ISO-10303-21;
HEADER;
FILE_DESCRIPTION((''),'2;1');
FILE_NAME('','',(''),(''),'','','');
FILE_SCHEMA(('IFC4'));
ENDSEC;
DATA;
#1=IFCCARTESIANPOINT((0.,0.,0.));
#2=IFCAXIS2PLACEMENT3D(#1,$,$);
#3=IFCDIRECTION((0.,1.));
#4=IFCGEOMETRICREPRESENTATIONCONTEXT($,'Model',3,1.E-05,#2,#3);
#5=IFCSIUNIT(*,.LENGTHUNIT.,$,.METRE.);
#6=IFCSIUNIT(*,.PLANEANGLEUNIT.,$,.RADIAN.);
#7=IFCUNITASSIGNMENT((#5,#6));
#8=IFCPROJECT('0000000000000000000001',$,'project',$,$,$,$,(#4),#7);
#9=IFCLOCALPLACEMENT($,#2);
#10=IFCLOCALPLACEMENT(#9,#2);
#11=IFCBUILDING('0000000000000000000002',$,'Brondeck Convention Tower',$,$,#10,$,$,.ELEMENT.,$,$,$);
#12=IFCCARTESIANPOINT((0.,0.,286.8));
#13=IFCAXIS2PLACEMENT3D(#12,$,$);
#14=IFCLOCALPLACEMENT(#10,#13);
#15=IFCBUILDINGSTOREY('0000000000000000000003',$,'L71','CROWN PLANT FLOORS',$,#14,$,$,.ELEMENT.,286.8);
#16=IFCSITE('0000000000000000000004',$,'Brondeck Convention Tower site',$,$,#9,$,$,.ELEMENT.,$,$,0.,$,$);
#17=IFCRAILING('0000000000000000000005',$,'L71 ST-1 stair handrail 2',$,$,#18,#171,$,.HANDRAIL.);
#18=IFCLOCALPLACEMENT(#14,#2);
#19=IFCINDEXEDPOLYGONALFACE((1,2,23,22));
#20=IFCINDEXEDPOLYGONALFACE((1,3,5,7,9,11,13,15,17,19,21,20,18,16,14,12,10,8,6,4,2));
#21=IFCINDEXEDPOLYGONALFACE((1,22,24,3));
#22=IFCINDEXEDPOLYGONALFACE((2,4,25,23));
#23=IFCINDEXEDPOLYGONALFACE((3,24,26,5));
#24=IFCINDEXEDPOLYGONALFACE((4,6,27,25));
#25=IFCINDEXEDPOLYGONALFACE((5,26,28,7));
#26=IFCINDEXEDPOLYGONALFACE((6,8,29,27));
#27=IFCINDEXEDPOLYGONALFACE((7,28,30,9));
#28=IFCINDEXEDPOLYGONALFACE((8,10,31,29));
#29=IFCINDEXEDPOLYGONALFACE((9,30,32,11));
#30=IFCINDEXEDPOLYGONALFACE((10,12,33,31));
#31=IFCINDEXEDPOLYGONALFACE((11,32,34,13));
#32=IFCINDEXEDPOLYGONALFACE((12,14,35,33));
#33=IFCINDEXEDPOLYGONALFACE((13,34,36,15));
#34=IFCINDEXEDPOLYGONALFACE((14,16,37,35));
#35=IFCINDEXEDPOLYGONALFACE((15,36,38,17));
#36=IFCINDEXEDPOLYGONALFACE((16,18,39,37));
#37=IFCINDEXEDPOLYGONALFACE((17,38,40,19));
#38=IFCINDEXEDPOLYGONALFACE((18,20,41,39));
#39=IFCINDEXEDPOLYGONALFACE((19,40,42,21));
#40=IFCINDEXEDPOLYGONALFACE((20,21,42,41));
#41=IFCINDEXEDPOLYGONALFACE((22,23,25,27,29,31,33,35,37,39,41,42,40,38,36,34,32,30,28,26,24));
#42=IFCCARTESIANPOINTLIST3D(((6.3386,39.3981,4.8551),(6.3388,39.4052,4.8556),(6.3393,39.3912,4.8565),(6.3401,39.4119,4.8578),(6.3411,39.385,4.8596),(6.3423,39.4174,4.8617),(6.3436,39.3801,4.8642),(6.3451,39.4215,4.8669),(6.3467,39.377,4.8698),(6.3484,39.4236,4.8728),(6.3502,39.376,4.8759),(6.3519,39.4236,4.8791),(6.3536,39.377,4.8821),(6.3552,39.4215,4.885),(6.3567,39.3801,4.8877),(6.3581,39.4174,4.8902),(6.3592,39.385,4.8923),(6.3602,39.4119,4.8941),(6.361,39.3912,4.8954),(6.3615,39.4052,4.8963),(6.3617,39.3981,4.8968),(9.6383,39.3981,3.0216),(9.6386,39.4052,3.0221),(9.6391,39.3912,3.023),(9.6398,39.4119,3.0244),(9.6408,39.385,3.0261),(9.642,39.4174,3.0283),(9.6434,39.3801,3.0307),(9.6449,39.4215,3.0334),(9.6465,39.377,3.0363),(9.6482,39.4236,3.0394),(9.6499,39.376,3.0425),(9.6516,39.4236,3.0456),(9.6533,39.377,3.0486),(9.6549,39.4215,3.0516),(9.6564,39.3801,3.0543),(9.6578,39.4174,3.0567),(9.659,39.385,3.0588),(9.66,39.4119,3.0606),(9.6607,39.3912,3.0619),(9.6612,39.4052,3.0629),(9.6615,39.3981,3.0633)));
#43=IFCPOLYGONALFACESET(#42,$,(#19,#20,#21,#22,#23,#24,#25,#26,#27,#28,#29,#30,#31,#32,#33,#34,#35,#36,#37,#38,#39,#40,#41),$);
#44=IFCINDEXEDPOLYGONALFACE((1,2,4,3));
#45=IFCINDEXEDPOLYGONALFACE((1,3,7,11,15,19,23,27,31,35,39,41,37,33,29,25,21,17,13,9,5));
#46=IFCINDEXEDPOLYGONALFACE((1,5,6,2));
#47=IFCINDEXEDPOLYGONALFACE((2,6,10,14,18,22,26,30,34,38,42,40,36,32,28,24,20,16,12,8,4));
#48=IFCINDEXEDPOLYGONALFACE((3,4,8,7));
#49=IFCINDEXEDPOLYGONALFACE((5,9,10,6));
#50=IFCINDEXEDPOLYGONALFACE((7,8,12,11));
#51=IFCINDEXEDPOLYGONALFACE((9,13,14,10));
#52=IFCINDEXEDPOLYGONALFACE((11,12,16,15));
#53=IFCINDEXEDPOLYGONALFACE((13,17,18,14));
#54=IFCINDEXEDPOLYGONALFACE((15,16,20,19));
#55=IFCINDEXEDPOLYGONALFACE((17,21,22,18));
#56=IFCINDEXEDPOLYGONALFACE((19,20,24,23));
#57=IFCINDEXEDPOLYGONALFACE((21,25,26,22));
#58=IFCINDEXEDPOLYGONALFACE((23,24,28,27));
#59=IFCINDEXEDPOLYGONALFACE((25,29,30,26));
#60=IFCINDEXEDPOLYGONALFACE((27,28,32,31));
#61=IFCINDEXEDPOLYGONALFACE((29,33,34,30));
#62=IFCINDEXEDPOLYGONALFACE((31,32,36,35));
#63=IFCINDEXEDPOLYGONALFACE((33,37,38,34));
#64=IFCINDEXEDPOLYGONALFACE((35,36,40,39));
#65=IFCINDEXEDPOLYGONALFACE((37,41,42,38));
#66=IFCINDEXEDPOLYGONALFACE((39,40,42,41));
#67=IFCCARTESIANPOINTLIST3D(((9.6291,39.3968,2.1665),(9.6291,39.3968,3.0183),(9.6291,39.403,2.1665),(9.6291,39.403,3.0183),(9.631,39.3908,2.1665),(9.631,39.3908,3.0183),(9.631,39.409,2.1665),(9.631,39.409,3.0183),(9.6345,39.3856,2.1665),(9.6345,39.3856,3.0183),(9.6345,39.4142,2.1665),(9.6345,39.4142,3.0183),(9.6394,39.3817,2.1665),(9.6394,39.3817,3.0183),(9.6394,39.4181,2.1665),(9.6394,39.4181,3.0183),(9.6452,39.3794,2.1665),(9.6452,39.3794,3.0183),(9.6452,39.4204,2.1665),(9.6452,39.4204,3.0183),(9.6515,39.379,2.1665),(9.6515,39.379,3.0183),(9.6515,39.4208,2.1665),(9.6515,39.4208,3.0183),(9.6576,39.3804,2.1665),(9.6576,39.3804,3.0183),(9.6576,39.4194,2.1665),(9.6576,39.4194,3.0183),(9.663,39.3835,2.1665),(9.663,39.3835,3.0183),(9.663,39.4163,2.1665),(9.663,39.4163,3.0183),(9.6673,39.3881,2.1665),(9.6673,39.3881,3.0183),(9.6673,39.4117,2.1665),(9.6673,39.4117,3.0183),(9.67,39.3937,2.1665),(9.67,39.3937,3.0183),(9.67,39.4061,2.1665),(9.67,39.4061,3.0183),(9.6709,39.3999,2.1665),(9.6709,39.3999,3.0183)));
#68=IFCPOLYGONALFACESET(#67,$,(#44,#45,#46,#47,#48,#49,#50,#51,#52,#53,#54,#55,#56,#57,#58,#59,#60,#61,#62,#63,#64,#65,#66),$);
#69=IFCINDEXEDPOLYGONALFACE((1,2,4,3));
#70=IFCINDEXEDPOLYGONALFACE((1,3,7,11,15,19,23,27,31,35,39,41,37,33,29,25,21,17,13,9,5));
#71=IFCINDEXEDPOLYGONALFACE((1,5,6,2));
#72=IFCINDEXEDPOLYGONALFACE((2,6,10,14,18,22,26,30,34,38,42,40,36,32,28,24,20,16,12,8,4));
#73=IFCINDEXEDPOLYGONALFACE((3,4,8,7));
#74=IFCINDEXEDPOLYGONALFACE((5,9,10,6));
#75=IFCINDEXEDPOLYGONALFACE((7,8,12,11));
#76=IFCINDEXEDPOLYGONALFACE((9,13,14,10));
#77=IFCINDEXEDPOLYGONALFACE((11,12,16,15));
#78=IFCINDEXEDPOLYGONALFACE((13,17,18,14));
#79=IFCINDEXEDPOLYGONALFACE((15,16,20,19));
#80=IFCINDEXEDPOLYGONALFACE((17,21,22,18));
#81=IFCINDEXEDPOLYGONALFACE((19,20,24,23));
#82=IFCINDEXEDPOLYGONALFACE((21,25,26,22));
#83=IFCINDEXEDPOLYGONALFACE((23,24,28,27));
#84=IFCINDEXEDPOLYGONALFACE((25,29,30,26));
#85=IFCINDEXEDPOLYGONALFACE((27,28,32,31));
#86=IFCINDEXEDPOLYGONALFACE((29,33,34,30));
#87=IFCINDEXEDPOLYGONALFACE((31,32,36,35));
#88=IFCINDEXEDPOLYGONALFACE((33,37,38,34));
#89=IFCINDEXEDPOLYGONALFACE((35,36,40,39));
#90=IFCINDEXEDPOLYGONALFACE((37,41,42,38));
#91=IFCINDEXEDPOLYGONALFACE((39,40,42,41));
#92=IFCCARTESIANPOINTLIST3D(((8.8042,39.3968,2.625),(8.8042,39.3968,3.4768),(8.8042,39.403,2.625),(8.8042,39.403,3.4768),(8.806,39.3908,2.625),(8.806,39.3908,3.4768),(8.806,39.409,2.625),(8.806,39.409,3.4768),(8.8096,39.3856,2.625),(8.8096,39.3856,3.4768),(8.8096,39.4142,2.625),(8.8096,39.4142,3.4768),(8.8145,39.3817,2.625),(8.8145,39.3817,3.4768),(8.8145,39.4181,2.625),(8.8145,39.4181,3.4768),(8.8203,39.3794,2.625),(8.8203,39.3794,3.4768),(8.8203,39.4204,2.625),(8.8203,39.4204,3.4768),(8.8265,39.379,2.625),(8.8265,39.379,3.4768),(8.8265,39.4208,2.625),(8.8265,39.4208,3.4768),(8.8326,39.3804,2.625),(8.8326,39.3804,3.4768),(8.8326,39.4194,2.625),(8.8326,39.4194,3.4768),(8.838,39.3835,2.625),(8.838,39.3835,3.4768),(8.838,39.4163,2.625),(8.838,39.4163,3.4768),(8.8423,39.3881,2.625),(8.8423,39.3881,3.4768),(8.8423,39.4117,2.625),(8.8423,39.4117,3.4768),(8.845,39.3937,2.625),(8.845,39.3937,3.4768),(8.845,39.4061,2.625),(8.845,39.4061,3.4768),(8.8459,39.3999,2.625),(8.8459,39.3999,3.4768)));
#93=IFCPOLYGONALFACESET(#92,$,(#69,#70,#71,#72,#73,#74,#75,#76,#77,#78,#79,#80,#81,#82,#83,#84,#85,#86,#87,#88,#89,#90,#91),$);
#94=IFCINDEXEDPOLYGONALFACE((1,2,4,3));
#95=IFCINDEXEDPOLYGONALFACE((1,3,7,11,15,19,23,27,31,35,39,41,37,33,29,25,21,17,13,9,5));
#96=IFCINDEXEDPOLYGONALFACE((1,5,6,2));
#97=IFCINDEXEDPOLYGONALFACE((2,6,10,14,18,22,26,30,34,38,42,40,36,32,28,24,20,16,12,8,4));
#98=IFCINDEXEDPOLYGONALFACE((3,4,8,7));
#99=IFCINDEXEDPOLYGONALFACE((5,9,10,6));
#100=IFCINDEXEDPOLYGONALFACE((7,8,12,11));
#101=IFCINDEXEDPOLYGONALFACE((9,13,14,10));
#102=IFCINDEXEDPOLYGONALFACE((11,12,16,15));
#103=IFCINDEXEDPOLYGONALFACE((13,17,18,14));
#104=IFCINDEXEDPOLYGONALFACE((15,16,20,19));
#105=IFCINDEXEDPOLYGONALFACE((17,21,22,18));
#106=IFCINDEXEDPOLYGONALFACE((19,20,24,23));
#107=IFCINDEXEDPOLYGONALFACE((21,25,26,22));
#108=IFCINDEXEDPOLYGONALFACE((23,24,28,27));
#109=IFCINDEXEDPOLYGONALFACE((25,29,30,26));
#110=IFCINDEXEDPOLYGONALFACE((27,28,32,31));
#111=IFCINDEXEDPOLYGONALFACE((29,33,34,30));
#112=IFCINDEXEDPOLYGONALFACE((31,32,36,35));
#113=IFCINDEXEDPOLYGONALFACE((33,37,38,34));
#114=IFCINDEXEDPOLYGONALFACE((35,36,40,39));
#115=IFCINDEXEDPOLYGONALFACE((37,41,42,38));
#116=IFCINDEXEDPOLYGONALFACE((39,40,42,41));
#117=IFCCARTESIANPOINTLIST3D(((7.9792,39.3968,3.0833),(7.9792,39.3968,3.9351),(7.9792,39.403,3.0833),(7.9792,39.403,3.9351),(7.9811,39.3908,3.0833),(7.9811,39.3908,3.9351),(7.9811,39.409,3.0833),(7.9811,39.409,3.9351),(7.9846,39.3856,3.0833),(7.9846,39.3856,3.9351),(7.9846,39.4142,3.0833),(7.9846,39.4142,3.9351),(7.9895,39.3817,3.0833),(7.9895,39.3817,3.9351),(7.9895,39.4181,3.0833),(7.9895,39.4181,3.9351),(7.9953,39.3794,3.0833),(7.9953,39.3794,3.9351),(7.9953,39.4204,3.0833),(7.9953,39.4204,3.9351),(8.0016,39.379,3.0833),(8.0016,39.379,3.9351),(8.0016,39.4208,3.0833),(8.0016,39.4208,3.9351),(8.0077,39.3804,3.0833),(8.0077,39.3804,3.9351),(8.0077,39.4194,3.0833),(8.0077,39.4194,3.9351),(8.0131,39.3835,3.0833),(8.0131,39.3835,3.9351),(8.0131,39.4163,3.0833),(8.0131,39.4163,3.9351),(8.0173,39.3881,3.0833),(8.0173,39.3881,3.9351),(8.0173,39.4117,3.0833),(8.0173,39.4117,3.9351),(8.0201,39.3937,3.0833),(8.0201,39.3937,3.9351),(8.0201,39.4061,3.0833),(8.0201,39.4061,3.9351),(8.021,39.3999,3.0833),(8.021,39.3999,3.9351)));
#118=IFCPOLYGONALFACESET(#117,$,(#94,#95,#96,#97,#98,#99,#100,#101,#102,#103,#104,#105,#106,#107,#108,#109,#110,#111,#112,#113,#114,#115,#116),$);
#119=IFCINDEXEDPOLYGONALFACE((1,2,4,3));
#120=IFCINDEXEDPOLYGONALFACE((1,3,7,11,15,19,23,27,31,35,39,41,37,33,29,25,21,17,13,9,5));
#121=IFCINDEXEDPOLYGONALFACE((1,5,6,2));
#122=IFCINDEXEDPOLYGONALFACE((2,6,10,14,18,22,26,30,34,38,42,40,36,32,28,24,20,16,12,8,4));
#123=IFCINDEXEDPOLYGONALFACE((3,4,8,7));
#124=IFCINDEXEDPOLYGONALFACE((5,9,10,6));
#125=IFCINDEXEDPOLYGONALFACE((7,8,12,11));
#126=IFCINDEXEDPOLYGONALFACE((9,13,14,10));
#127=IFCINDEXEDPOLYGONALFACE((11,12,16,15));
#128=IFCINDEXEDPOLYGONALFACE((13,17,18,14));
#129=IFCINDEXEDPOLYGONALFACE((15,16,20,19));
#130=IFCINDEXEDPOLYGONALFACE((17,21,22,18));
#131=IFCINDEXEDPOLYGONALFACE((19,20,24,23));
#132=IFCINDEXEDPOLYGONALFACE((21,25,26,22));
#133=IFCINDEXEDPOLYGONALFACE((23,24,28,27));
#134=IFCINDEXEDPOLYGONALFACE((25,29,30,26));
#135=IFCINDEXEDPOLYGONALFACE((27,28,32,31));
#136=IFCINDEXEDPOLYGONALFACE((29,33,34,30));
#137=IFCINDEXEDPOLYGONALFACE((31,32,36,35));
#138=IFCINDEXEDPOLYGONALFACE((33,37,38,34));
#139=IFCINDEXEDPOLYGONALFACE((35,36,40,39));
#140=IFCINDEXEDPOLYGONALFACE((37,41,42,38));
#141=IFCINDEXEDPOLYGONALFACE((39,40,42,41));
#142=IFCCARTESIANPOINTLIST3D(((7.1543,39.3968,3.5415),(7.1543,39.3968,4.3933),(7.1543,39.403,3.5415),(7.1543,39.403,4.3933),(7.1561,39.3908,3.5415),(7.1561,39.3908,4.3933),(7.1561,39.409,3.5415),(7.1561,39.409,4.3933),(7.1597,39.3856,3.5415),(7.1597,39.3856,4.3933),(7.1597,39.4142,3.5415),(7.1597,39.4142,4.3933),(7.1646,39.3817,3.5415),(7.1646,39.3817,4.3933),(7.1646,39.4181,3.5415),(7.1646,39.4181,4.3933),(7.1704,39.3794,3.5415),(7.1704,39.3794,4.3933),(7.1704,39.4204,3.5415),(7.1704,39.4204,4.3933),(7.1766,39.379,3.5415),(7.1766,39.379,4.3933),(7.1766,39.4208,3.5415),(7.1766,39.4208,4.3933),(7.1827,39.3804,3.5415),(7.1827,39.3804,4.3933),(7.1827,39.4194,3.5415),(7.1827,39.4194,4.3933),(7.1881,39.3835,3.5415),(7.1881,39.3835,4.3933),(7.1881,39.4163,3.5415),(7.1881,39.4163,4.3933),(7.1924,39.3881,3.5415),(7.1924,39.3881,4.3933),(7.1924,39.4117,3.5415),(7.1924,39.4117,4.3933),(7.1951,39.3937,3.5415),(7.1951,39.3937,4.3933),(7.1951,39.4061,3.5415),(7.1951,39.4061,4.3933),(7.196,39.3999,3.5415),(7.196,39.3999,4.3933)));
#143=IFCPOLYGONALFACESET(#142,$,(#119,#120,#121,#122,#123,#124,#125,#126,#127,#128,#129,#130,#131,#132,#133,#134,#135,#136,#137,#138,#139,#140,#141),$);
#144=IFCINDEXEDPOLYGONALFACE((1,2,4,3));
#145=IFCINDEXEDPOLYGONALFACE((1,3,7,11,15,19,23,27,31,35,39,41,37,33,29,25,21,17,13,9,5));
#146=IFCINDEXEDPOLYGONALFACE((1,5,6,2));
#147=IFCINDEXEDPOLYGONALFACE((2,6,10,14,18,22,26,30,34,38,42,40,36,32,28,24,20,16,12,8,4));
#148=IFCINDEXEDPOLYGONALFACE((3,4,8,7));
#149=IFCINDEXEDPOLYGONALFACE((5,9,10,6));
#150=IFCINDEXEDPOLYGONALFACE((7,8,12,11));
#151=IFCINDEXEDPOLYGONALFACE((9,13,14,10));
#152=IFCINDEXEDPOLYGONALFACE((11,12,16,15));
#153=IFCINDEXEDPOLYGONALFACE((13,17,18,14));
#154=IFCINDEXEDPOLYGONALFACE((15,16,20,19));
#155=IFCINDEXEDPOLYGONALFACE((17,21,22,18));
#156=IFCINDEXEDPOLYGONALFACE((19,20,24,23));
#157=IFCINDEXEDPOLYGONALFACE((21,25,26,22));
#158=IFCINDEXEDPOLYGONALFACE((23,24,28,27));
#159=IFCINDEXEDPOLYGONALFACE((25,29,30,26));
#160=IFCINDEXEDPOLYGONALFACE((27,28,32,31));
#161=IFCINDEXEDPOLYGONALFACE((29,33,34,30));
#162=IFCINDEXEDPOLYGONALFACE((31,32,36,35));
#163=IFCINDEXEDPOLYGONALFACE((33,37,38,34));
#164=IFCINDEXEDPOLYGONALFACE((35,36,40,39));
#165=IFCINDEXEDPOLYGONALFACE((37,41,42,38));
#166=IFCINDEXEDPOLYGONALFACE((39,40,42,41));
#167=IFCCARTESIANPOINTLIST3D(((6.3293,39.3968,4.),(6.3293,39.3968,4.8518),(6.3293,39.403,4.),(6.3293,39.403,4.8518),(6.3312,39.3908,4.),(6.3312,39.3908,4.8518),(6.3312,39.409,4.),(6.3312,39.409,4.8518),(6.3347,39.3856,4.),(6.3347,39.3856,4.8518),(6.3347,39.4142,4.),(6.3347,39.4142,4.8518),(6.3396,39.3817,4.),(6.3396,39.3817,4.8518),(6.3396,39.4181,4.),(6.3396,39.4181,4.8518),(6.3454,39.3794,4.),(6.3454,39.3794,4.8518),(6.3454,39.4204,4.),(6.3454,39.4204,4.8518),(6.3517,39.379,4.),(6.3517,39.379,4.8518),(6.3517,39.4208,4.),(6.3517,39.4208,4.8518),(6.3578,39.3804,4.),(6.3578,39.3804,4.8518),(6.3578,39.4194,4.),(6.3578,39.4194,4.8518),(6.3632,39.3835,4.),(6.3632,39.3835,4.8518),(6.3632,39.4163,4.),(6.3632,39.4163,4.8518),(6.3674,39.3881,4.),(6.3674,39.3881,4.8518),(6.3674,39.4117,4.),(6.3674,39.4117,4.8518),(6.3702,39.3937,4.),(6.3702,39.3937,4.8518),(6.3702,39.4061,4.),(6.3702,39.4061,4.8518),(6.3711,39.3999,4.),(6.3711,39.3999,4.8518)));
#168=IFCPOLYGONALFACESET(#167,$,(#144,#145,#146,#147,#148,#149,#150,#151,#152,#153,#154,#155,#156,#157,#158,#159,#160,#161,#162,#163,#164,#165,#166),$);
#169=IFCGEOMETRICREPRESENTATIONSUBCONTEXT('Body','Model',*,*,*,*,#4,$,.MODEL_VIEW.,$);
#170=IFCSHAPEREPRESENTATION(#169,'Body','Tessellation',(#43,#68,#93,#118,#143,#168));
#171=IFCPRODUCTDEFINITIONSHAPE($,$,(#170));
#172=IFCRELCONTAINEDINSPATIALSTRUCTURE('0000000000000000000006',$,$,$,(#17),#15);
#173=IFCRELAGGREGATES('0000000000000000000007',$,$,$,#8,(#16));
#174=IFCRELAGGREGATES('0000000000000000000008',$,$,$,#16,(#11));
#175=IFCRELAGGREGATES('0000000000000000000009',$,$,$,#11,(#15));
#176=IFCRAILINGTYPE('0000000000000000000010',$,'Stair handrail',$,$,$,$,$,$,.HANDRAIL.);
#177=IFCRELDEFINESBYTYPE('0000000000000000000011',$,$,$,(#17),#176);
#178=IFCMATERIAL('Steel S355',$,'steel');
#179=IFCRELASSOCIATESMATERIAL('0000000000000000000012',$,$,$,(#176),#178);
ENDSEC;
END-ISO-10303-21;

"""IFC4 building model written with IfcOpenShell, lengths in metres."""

from ifc_helpers import new_model, si_unit, direction, frame, origin, origin_2d, place, context, subcontext, project, spatial, circle, extrude, material, type_object, element, save


model = new_model("IFC4")

# Units and contexts
model_context = context("Model", 3, precision=1e-05, world=origin(), true_north=direction((0.0, 1.0)))
body_context = subcontext(model_context, "Body", "Model", "MODEL_VIEW")
ifc_project = project(units=[si_unit("LENGTHUNIT", "METRE"), si_unit("PLANEANGLEUNIT", "RADIAN")], contexts=[model_context])

# Site, building, storey
site_placement = place(None, origin())
site = spatial("IfcSite", under=ifc_project, at=site_placement, Name="Brondeck Convention Tower site", CompositionType="ELEMENT", RefElevation=0.0)
building_placement = place(site_placement, origin())
building = spatial("IfcBuilding", under=site, at=building_placement, Name="Brondeck Convention Tower", CompositionType="ELEMENT")
storey_placement = place(building_placement, frame((0.0, 0.0, 286.8)))
storey = spatial("IfcBuildingStorey", under=building, at=storey_placement, Name="L71", Description="CROWN PLANT FLOORS", CompositionType="ELEMENT", Elevation=286.8)

# Railing
ifc_material_1 = material(Name="Steel S355", Category="steel")
railing_type_1 = type_object("IfcRailingType", Name="Stair handrail", PredefinedType="HANDRAIL", material=ifc_material_1)
railing_1_placement = place(storey_placement, frame((9.6499, 39.3999, 2.1665)))
element("IfcRailing", 1, at=railing_1_placement, inside=storey, type_object=railing_type_1, Name="L71 ST-1 stair handrail 2", PredefinedType="HANDRAIL", context=body_context, shape_type="SweptSolid", body=[
    extrude(circle(Radius=0.0239, at=origin_2d()), frame((0.0, 0.0, 0.876), z_axis=(-0.874127, 0.0, 0.485698), x_axis=(0.0, -1.0, 0.0)), (0.0, 0.0, 1.0), 3.7749),
    extrude(circle(Radius=0.021, at=origin_2d()), origin(), (0.0, 0.0, 1.0), 0.8518),
    extrude(circle(Radius=0.021, at=origin_2d()), frame((-0.825, 0.0, 0.4585)), (0.0, 0.0, 1.0), 0.8518),
    extrude(circle(Radius=0.021, at=origin_2d()), frame((-1.6499, 0.0, 0.9167)), (0.0, 0.0, 1.0), 0.8518),
    extrude(circle(Radius=0.021, at=origin_2d()), frame((-2.4749, 0.0, 1.375)), (0.0, 0.0, 1.0), 0.8518),
    extrude(circle(Radius=0.021, at=origin_2d()), frame((-3.2998, 0.0, 1.8335)), (0.0, 0.0, 1.0), 0.8518),
])

save(model, "model.ifc")
